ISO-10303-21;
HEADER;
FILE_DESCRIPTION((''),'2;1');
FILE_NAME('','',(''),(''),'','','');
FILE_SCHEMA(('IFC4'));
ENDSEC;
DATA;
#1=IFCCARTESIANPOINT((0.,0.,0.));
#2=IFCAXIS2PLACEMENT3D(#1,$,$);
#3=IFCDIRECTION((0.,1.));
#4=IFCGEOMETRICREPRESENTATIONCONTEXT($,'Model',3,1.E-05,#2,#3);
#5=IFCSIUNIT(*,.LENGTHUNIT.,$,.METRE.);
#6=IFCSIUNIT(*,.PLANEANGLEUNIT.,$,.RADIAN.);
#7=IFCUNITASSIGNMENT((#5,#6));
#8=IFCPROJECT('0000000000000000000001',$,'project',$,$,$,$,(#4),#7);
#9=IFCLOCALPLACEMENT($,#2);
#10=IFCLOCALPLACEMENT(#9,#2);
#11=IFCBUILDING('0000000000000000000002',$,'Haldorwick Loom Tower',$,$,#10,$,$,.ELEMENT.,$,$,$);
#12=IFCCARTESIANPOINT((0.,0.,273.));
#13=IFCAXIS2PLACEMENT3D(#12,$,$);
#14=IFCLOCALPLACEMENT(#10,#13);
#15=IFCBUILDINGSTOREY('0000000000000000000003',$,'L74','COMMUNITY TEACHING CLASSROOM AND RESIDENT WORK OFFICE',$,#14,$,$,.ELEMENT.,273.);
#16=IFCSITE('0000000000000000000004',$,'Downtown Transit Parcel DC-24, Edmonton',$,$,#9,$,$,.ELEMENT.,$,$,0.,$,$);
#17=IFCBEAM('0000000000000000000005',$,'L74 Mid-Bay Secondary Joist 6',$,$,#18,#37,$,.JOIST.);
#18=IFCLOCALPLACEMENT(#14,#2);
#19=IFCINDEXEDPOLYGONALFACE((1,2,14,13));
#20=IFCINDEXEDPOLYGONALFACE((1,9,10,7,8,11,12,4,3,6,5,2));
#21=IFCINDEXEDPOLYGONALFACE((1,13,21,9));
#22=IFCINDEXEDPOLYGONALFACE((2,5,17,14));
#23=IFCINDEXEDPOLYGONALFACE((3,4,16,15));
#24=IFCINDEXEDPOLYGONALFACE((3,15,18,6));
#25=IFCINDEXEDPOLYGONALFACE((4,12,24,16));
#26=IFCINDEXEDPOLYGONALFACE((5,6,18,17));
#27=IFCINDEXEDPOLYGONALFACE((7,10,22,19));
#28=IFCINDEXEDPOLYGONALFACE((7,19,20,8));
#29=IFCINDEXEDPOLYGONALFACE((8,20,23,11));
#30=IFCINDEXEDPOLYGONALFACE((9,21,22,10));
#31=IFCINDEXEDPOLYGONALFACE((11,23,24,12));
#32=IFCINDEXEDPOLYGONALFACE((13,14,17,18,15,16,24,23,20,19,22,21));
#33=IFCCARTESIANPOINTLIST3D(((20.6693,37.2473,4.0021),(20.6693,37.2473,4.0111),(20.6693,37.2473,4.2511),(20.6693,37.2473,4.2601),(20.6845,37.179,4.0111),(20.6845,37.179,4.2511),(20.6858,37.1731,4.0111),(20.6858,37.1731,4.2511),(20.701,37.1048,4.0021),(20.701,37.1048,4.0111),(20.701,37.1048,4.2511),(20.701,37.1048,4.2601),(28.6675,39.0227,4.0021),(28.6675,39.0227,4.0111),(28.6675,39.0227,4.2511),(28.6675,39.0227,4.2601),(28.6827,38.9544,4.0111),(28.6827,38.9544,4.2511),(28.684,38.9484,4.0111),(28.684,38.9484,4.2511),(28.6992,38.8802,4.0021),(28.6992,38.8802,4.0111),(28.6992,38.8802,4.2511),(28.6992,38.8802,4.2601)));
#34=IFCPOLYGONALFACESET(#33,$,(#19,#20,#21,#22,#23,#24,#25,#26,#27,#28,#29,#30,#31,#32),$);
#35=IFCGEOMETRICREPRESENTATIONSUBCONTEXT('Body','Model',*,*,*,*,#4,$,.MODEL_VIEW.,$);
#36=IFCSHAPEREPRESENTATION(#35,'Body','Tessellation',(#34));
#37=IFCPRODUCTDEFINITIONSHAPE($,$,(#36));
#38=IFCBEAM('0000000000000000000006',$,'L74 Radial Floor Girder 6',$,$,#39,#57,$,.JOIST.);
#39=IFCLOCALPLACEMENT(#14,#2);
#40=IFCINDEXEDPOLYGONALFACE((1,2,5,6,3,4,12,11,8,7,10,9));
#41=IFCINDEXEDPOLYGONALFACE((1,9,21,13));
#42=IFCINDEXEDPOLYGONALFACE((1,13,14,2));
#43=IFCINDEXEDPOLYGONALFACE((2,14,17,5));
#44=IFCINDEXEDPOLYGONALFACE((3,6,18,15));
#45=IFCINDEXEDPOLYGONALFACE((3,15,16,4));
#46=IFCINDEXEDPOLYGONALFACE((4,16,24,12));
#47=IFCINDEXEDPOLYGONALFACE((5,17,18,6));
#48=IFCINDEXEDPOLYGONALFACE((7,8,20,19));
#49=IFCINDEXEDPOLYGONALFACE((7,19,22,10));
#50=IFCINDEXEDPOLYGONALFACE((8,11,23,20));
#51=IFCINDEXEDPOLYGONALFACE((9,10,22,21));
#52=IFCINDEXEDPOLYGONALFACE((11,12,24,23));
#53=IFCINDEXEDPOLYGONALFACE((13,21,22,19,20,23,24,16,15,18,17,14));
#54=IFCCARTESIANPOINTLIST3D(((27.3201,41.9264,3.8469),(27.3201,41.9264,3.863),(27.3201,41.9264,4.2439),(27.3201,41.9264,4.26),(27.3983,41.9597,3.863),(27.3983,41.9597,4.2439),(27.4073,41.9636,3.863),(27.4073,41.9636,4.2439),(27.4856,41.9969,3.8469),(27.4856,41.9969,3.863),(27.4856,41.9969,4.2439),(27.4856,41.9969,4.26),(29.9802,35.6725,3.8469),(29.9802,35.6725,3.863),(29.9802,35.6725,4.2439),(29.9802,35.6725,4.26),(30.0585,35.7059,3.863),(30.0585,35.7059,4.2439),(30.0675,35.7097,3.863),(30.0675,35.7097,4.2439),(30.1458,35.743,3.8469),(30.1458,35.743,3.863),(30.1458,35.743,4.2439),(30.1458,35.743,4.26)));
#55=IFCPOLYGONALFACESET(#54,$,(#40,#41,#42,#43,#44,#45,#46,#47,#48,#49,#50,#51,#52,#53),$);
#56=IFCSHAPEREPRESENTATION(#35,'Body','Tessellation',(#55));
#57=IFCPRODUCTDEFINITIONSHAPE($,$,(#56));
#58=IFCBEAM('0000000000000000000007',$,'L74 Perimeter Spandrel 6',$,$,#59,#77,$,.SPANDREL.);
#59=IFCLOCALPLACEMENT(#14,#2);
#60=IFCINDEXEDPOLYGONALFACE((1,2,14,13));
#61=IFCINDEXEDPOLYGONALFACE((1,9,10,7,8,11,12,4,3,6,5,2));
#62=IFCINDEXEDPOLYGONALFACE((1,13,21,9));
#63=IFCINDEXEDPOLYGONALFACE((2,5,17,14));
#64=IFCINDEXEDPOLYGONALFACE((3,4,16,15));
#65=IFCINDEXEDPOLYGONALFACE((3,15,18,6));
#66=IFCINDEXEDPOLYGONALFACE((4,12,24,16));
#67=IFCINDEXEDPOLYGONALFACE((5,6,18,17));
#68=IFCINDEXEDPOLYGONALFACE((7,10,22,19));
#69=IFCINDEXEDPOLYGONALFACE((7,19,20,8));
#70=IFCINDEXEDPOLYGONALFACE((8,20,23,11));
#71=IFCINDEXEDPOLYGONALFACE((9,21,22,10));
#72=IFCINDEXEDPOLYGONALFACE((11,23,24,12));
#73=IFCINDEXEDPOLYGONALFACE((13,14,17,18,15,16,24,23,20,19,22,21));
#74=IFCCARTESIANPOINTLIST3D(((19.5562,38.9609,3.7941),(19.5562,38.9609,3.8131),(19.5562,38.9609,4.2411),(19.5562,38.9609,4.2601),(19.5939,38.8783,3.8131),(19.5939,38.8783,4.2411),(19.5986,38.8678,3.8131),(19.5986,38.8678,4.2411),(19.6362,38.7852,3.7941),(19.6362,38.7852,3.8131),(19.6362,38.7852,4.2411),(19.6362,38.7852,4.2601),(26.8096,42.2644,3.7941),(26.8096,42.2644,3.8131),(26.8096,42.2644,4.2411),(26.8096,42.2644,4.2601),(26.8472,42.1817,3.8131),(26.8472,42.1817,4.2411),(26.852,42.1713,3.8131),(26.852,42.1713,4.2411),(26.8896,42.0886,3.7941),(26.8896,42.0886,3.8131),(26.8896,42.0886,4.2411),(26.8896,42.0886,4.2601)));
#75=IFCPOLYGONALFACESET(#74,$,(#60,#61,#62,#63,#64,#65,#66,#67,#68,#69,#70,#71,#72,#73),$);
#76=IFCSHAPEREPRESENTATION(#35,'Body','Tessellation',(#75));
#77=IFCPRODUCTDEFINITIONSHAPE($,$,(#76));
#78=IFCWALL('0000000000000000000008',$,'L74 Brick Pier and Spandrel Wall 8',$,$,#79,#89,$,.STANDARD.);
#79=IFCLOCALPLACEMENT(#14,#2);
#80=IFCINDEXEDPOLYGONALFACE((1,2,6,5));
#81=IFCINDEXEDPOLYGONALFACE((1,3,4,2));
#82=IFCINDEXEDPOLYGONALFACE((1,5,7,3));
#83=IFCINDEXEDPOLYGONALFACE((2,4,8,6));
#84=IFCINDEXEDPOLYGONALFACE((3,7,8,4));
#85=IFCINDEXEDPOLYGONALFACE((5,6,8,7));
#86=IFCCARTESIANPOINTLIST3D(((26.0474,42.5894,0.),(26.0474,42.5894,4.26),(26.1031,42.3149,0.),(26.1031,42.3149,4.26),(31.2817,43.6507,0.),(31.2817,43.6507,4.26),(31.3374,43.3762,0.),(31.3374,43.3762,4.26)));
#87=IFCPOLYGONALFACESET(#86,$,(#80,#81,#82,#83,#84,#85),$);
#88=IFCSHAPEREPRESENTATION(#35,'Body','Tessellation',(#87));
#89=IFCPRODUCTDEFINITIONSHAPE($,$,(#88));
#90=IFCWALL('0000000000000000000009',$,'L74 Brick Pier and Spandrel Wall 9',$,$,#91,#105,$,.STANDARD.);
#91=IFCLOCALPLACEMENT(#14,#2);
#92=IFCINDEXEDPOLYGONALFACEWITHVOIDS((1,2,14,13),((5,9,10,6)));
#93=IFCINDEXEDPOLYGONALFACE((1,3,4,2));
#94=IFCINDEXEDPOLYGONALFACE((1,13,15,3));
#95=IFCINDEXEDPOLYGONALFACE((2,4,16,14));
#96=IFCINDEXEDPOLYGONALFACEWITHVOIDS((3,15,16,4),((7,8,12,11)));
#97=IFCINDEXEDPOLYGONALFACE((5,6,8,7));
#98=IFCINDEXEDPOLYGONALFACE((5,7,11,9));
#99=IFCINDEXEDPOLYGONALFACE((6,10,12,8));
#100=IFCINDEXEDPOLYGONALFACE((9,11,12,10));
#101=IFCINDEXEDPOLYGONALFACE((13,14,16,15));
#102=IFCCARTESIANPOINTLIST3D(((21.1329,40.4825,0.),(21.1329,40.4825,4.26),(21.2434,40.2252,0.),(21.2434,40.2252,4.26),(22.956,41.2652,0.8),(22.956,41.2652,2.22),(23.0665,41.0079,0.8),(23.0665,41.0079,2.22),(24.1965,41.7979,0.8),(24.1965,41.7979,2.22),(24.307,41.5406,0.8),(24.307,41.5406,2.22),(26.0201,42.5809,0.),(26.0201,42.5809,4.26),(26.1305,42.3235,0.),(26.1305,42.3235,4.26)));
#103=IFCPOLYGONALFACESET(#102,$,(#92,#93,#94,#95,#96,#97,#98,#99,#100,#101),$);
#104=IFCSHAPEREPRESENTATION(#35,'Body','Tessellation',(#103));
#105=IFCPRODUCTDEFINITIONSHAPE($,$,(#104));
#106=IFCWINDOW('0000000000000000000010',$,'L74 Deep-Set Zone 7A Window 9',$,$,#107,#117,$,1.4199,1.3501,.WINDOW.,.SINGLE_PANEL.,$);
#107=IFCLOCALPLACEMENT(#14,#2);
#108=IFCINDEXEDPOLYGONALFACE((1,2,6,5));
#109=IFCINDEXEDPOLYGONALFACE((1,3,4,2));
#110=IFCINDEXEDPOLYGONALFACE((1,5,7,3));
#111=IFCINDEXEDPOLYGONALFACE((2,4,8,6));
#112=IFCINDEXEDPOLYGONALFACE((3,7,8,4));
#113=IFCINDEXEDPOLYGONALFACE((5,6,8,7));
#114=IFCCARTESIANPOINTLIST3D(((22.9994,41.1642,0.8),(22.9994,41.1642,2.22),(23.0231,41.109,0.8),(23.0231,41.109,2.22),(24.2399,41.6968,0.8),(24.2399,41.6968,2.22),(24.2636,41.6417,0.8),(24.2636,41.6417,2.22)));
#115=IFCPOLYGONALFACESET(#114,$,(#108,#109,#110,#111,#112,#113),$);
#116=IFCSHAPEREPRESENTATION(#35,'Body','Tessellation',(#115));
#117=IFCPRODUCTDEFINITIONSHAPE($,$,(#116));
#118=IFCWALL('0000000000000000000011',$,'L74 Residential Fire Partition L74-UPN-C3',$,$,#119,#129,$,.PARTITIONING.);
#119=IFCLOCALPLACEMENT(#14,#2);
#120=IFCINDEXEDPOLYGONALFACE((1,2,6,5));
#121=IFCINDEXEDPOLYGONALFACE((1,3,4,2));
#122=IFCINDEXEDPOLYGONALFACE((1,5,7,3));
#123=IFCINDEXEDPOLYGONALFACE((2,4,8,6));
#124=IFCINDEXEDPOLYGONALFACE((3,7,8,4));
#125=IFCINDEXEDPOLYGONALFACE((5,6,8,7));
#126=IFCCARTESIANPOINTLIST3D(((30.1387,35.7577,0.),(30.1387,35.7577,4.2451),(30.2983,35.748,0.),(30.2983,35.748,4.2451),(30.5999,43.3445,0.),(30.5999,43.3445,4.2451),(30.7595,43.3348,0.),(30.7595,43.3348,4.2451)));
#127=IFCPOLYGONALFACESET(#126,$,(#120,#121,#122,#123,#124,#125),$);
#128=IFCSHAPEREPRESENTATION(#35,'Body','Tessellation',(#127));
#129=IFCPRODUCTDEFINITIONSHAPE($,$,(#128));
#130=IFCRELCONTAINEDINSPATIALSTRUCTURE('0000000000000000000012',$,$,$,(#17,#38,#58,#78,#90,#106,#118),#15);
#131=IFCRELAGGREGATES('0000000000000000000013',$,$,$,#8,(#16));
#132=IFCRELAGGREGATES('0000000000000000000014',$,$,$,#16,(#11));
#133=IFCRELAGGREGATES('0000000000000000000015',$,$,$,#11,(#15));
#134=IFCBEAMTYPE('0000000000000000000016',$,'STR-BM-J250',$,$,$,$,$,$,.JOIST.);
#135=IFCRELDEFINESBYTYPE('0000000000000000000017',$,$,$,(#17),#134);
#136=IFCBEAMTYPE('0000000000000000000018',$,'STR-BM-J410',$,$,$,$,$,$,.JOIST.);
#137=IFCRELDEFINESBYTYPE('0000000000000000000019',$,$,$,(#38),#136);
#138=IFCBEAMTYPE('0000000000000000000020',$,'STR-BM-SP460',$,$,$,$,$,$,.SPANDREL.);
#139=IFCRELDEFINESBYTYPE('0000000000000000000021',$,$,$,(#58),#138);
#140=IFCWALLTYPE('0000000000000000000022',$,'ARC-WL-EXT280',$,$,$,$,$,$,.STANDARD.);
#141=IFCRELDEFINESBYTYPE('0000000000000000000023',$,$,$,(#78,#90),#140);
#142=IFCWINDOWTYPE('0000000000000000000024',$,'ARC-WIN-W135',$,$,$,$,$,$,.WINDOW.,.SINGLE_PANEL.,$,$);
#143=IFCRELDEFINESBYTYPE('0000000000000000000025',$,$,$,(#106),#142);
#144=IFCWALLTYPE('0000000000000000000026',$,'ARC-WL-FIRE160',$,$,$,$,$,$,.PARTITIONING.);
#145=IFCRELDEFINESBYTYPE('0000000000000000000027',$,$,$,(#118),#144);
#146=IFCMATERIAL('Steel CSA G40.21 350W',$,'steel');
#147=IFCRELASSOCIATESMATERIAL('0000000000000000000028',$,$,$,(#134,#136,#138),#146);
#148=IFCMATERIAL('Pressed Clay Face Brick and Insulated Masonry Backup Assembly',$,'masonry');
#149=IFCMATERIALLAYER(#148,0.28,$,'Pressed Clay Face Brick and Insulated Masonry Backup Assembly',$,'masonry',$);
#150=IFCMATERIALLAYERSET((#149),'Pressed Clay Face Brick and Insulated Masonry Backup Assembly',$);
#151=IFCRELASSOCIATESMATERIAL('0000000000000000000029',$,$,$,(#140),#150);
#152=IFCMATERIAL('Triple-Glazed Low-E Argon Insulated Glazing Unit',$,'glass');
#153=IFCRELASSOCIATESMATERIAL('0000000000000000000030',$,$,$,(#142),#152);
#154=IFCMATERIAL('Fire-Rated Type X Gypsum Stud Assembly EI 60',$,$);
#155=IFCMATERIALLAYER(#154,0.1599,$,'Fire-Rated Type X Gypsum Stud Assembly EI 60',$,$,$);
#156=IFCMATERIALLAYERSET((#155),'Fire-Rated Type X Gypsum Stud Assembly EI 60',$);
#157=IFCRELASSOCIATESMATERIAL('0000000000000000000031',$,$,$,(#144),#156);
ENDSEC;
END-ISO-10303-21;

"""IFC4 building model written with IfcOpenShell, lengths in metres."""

from ifc_helpers import new_model, si_unit, direction, frame, frame_2d, origin, origin_2d, place, context, subcontext, project, spatial, rectangle, i_section, extrude, material, layer, layer_set, material_profile, profile_set, type_object, element, fill, save


model = new_model("IFC4")

# Units and contexts
model_context = context("Model", 3, precision=1e-05, world=origin(), true_north=direction((0.0, 1.0)))
body_context = subcontext(model_context, "Body", "Model", "MODEL_VIEW")
ifc_project = project(units=[si_unit("LENGTHUNIT", "METRE"), si_unit("PLANEANGLEUNIT", "RADIAN")], contexts=[model_context])

# Site, building, storey
site_placement = place(None, origin())
site = spatial("IfcSite", under=ifc_project, at=site_placement, Name="Downtown Transit Parcel DC-24, Edmonton", CompositionType="ELEMENT", RefElevation=0.0)
building_placement = place(site_placement, origin())
building = spatial("IfcBuilding", under=site, at=building_placement, Name="Haldorwick Loom Tower", CompositionType="ELEMENT")
storey_placement = place(building_placement, frame((0.0, 0.0, 273.0)))
storey = spatial("IfcBuildingStorey", under=building, at=storey_placement, Name="L74", Description="COMMUNITY TEACHING CLASSROOM AND RESIDENT WORK OFFICE", CompositionType="ELEMENT", Elevation=273.0)

# Shared definitions
ifc_material_1 = material(Name="Steel CSA G40.21 350W", Category="steel")

# Beams
ifc_material_profile_1 = material_profile(ifc_material_1, i_section(OverallWidth=0.146, OverallDepth=0.2581, WebThickness=0.0061, FlangeThickness=0.009, at=origin_2d()), Name="W250X33", Category="steel")
ifc_profile_set_1 = profile_set([ifc_material_profile_1], Name="Steel CSA G40.21 350W")
beam_type_1 = type_object("IfcBeamType", Name="STR-BM-J250", PredefinedType="JOIST", material=ifc_profile_set_1)
beam_1_placement = place(storey_placement, frame((28.6833, 38.9514, 4.1311), z_axis=(-0.976239, -0.216697, 0.0), x_axis=(0.216697, -0.976239, 0.0)))
element("IfcBeam", 1, at=beam_1_placement, inside=storey, type_object=beam_type_1, Name="L74 Mid-Bay Secondary Joist 6", PredefinedType="JOIST", context=body_context, shape_type="SweptSolid", body=[
    extrude(i_section(OverallWidth=0.146, OverallDepth=0.2581, WebThickness=0.0061, FlangeThickness=0.009, at=origin_2d()), origin(), (0.0, 0.0, 1.0), 8.1929),
])
ifc_material_profile_2 = material_profile(ifc_material_1, i_section(OverallWidth=0.1799, OverallDepth=0.4131, WebThickness=0.0098, FlangeThickness=0.0161, at=origin_2d()), Name="W410X74", Category="steel")
ifc_profile_set_2 = profile_set([ifc_material_profile_2], Name="Steel CSA G40.21 350W")
beam_type_2 = type_object("IfcBeamType", Name="STR-BM-J410", PredefinedType="JOIST", material=ifc_profile_set_2)
beam_2_placement = place(storey_placement, frame((30.063, 35.7078, 4.0535), z_axis=(-0.391421, 0.920212, 0.0), x_axis=(-0.920212, -0.391421, 0.0)))
element("IfcBeam", 2, at=beam_2_placement, inside=storey, type_object=beam_type_2, Name="L74 Radial Floor Girder 6", PredefinedType="JOIST", context=body_context, shape_type="SweptSolid", body=[
    extrude(i_section(OverallWidth=0.1799, OverallDepth=0.4131, WebThickness=0.0098, FlangeThickness=0.0161, at=origin_2d()), origin(), (0.0, 0.0, 1.0), 6.7961),
])
ifc_material_profile_3 = material_profile(ifc_material_1, i_section(OverallWidth=0.1931, OverallDepth=0.4661, WebThickness=0.0115, FlangeThickness=0.019, at=origin_2d()), Name="W460X97", Category="steel")
ifc_profile_set_3 = profile_set([ifc_material_profile_3], Name="Steel CSA G40.21 350W")
beam_type_3 = type_object("IfcBeamType", Name="STR-BM-SP460", PredefinedType="SPANDREL", material=ifc_profile_set_3)
beam_3_placement = place(storey_placement, frame((26.8496, 42.1765, 4.0271), z_axis=(-0.910061, -0.414474, 0.0), x_axis=(0.414474, -0.910061, 0.0)))
element("IfcBeam", 3, at=beam_3_placement, inside=storey, type_object=beam_type_3, Name="L74 Perimeter Spandrel 6", PredefinedType="SPANDREL", context=body_context, shape_type="SweptSolid", body=[
    extrude(i_section(OverallWidth=0.1931, OverallDepth=0.4661, WebThickness=0.0115, FlangeThickness=0.019, at=origin_2d()), origin(), (0.0, 0.0, 1.0), 7.9702),
])

# Wall
ifc_material_2 = material(Name="Pressed Clay Face Brick and Insulated Masonry Backup Assembly", Category="masonry")
ifc_layer_1 = layer(ifc_material_2, 0.28, Name="Pressed Clay Face Brick and Insulated Masonry Backup Assembly", Category="masonry")
ifc_layer_set_1 = layer_set([ifc_layer_1], Name="Pressed Clay Face Brick and Insulated Masonry Backup Assembly")
wall_type_1 = type_object("IfcWallType", Name="ARC-WL-EXT280", PredefinedType="STANDARD", material=ifc_layer_set_1)
wall_1_placement = place(storey_placement, frame((31.3096, 43.5134, 0.0), z_axis=(0.0, 0.0, 1.0), x_axis=(-0.980059, -0.198709, 0.0)))
element("IfcWall", 4, at=wall_1_placement, inside=storey, type_object=wall_type_1, Name="L74 Brick Pier and Spandrel Wall 8", PredefinedType="STANDARD", context=body_context, shape_type="SweptSolid", body=[
    extrude(rectangle(XDim=5.3408, YDim=0.28, at=frame_2d((2.6704, 0.0))), origin(), (0.0, 0.0, 1.0), 4.26),
])

# Wall, opening, window
wall_2_placement = place(storey_placement, frame((26.0752, 42.4521, 0.0), z_axis=(0.0, 0.0, 1.0), x_axis=(-0.918881, -0.394534, 0.0)))
wall_2 = element("IfcWall", 5, at=wall_2_placement, inside=storey, type_object=wall_type_1, Name="L74 Brick Pier and Spandrel Wall 9", PredefinedType="STANDARD", context=body_context, shape_type="SweptSolid", body=[
    extrude(rectangle(XDim=5.3186, YDim=0.28, at=frame_2d((2.6592, 0.0))), origin(), (0.0, 0.0, 1.0), 4.26),
])
opening_placement = place(wall_2_placement, frame((1.9844, 0.0, 0.8)))
opening = element("IfcOpeningElement", 6, at=opening_placement, cuts=wall_2, PredefinedType="OPENING", context=body_context, shape_type="SweptSolid", body=[
    extrude(rectangle(XDim=1.3501, YDim=1.4199, at=frame_2d((0.675, 0.71))), frame((0.0, 0.1499, 0.0), z_axis=(0.0, -1.0, 0.0), x_axis=(1.0, 0.0, 0.0)), (0.0, 0.0, 1.0), 0.3),
])
ifc_material_3 = material(Name="Triple-Glazed Low-E Argon Insulated Glazing Unit", Category="glass")
window_type = type_object("IfcWindowType", Name="ARC-WIN-W135", PartitioningType="SINGLE_PANEL", PredefinedType="WINDOW", material=ifc_material_3)
window_placement = place(opening_placement, origin())
window = element("IfcWindow", 7, at=window_placement, inside=storey, type_object=window_type, Name="L74 Deep-Set Zone 7A Window 9", OverallHeight=1.4199, OverallWidth=1.3501, PartitioningType="SINGLE_PANEL", PredefinedType="WINDOW", context=body_context, shape_type="SweptSolid", body=[
    extrude(rectangle(XDim=1.3501, YDim=1.4199, at=frame_2d((0.675, 0.71))), frame((0.0, 0.03, 0.0), z_axis=(0.0, -1.0, 0.0), x_axis=(1.0, 0.0, 0.0)), (0.0, 0.0, 1.0), 0.0601),
])
fill(opening, window)

# Wall
ifc_material_4 = material(Name="Fire-Rated Type X Gypsum Stud Assembly EI 60")
ifc_layer_2 = layer(ifc_material_4, 0.1599, Name="Fire-Rated Type X Gypsum Stud Assembly EI 60")
ifc_layer_set_2 = layer_set([ifc_layer_2], Name="Fire-Rated Type X Gypsum Stud Assembly EI 60")
wall_type_2 = type_object("IfcWallType", Name="ARC-WL-FIRE160", PredefinedType="PARTITIONING", material=ifc_layer_set_2)
wall_3_placement = place(storey_placement, frame((30.2185, 35.7529, 0.0), z_axis=(0.0, 0.0, 1.0), x_axis=(0.060674, 0.998158, 0.0)))
element("IfcWall", 8, at=wall_3_placement, inside=storey, type_object=wall_type_2, Name="L74 Residential Fire Partition L74-UPN-C3", PredefinedType="PARTITIONING", context=body_context, shape_type="SweptSolid", body=[
    extrude(rectangle(XDim=7.6008, YDim=0.1599, at=frame_2d((3.8003, 0.0))), origin(), (0.0, 0.0, 1.0), 4.2451),
])

save(model, "model.ifc")
